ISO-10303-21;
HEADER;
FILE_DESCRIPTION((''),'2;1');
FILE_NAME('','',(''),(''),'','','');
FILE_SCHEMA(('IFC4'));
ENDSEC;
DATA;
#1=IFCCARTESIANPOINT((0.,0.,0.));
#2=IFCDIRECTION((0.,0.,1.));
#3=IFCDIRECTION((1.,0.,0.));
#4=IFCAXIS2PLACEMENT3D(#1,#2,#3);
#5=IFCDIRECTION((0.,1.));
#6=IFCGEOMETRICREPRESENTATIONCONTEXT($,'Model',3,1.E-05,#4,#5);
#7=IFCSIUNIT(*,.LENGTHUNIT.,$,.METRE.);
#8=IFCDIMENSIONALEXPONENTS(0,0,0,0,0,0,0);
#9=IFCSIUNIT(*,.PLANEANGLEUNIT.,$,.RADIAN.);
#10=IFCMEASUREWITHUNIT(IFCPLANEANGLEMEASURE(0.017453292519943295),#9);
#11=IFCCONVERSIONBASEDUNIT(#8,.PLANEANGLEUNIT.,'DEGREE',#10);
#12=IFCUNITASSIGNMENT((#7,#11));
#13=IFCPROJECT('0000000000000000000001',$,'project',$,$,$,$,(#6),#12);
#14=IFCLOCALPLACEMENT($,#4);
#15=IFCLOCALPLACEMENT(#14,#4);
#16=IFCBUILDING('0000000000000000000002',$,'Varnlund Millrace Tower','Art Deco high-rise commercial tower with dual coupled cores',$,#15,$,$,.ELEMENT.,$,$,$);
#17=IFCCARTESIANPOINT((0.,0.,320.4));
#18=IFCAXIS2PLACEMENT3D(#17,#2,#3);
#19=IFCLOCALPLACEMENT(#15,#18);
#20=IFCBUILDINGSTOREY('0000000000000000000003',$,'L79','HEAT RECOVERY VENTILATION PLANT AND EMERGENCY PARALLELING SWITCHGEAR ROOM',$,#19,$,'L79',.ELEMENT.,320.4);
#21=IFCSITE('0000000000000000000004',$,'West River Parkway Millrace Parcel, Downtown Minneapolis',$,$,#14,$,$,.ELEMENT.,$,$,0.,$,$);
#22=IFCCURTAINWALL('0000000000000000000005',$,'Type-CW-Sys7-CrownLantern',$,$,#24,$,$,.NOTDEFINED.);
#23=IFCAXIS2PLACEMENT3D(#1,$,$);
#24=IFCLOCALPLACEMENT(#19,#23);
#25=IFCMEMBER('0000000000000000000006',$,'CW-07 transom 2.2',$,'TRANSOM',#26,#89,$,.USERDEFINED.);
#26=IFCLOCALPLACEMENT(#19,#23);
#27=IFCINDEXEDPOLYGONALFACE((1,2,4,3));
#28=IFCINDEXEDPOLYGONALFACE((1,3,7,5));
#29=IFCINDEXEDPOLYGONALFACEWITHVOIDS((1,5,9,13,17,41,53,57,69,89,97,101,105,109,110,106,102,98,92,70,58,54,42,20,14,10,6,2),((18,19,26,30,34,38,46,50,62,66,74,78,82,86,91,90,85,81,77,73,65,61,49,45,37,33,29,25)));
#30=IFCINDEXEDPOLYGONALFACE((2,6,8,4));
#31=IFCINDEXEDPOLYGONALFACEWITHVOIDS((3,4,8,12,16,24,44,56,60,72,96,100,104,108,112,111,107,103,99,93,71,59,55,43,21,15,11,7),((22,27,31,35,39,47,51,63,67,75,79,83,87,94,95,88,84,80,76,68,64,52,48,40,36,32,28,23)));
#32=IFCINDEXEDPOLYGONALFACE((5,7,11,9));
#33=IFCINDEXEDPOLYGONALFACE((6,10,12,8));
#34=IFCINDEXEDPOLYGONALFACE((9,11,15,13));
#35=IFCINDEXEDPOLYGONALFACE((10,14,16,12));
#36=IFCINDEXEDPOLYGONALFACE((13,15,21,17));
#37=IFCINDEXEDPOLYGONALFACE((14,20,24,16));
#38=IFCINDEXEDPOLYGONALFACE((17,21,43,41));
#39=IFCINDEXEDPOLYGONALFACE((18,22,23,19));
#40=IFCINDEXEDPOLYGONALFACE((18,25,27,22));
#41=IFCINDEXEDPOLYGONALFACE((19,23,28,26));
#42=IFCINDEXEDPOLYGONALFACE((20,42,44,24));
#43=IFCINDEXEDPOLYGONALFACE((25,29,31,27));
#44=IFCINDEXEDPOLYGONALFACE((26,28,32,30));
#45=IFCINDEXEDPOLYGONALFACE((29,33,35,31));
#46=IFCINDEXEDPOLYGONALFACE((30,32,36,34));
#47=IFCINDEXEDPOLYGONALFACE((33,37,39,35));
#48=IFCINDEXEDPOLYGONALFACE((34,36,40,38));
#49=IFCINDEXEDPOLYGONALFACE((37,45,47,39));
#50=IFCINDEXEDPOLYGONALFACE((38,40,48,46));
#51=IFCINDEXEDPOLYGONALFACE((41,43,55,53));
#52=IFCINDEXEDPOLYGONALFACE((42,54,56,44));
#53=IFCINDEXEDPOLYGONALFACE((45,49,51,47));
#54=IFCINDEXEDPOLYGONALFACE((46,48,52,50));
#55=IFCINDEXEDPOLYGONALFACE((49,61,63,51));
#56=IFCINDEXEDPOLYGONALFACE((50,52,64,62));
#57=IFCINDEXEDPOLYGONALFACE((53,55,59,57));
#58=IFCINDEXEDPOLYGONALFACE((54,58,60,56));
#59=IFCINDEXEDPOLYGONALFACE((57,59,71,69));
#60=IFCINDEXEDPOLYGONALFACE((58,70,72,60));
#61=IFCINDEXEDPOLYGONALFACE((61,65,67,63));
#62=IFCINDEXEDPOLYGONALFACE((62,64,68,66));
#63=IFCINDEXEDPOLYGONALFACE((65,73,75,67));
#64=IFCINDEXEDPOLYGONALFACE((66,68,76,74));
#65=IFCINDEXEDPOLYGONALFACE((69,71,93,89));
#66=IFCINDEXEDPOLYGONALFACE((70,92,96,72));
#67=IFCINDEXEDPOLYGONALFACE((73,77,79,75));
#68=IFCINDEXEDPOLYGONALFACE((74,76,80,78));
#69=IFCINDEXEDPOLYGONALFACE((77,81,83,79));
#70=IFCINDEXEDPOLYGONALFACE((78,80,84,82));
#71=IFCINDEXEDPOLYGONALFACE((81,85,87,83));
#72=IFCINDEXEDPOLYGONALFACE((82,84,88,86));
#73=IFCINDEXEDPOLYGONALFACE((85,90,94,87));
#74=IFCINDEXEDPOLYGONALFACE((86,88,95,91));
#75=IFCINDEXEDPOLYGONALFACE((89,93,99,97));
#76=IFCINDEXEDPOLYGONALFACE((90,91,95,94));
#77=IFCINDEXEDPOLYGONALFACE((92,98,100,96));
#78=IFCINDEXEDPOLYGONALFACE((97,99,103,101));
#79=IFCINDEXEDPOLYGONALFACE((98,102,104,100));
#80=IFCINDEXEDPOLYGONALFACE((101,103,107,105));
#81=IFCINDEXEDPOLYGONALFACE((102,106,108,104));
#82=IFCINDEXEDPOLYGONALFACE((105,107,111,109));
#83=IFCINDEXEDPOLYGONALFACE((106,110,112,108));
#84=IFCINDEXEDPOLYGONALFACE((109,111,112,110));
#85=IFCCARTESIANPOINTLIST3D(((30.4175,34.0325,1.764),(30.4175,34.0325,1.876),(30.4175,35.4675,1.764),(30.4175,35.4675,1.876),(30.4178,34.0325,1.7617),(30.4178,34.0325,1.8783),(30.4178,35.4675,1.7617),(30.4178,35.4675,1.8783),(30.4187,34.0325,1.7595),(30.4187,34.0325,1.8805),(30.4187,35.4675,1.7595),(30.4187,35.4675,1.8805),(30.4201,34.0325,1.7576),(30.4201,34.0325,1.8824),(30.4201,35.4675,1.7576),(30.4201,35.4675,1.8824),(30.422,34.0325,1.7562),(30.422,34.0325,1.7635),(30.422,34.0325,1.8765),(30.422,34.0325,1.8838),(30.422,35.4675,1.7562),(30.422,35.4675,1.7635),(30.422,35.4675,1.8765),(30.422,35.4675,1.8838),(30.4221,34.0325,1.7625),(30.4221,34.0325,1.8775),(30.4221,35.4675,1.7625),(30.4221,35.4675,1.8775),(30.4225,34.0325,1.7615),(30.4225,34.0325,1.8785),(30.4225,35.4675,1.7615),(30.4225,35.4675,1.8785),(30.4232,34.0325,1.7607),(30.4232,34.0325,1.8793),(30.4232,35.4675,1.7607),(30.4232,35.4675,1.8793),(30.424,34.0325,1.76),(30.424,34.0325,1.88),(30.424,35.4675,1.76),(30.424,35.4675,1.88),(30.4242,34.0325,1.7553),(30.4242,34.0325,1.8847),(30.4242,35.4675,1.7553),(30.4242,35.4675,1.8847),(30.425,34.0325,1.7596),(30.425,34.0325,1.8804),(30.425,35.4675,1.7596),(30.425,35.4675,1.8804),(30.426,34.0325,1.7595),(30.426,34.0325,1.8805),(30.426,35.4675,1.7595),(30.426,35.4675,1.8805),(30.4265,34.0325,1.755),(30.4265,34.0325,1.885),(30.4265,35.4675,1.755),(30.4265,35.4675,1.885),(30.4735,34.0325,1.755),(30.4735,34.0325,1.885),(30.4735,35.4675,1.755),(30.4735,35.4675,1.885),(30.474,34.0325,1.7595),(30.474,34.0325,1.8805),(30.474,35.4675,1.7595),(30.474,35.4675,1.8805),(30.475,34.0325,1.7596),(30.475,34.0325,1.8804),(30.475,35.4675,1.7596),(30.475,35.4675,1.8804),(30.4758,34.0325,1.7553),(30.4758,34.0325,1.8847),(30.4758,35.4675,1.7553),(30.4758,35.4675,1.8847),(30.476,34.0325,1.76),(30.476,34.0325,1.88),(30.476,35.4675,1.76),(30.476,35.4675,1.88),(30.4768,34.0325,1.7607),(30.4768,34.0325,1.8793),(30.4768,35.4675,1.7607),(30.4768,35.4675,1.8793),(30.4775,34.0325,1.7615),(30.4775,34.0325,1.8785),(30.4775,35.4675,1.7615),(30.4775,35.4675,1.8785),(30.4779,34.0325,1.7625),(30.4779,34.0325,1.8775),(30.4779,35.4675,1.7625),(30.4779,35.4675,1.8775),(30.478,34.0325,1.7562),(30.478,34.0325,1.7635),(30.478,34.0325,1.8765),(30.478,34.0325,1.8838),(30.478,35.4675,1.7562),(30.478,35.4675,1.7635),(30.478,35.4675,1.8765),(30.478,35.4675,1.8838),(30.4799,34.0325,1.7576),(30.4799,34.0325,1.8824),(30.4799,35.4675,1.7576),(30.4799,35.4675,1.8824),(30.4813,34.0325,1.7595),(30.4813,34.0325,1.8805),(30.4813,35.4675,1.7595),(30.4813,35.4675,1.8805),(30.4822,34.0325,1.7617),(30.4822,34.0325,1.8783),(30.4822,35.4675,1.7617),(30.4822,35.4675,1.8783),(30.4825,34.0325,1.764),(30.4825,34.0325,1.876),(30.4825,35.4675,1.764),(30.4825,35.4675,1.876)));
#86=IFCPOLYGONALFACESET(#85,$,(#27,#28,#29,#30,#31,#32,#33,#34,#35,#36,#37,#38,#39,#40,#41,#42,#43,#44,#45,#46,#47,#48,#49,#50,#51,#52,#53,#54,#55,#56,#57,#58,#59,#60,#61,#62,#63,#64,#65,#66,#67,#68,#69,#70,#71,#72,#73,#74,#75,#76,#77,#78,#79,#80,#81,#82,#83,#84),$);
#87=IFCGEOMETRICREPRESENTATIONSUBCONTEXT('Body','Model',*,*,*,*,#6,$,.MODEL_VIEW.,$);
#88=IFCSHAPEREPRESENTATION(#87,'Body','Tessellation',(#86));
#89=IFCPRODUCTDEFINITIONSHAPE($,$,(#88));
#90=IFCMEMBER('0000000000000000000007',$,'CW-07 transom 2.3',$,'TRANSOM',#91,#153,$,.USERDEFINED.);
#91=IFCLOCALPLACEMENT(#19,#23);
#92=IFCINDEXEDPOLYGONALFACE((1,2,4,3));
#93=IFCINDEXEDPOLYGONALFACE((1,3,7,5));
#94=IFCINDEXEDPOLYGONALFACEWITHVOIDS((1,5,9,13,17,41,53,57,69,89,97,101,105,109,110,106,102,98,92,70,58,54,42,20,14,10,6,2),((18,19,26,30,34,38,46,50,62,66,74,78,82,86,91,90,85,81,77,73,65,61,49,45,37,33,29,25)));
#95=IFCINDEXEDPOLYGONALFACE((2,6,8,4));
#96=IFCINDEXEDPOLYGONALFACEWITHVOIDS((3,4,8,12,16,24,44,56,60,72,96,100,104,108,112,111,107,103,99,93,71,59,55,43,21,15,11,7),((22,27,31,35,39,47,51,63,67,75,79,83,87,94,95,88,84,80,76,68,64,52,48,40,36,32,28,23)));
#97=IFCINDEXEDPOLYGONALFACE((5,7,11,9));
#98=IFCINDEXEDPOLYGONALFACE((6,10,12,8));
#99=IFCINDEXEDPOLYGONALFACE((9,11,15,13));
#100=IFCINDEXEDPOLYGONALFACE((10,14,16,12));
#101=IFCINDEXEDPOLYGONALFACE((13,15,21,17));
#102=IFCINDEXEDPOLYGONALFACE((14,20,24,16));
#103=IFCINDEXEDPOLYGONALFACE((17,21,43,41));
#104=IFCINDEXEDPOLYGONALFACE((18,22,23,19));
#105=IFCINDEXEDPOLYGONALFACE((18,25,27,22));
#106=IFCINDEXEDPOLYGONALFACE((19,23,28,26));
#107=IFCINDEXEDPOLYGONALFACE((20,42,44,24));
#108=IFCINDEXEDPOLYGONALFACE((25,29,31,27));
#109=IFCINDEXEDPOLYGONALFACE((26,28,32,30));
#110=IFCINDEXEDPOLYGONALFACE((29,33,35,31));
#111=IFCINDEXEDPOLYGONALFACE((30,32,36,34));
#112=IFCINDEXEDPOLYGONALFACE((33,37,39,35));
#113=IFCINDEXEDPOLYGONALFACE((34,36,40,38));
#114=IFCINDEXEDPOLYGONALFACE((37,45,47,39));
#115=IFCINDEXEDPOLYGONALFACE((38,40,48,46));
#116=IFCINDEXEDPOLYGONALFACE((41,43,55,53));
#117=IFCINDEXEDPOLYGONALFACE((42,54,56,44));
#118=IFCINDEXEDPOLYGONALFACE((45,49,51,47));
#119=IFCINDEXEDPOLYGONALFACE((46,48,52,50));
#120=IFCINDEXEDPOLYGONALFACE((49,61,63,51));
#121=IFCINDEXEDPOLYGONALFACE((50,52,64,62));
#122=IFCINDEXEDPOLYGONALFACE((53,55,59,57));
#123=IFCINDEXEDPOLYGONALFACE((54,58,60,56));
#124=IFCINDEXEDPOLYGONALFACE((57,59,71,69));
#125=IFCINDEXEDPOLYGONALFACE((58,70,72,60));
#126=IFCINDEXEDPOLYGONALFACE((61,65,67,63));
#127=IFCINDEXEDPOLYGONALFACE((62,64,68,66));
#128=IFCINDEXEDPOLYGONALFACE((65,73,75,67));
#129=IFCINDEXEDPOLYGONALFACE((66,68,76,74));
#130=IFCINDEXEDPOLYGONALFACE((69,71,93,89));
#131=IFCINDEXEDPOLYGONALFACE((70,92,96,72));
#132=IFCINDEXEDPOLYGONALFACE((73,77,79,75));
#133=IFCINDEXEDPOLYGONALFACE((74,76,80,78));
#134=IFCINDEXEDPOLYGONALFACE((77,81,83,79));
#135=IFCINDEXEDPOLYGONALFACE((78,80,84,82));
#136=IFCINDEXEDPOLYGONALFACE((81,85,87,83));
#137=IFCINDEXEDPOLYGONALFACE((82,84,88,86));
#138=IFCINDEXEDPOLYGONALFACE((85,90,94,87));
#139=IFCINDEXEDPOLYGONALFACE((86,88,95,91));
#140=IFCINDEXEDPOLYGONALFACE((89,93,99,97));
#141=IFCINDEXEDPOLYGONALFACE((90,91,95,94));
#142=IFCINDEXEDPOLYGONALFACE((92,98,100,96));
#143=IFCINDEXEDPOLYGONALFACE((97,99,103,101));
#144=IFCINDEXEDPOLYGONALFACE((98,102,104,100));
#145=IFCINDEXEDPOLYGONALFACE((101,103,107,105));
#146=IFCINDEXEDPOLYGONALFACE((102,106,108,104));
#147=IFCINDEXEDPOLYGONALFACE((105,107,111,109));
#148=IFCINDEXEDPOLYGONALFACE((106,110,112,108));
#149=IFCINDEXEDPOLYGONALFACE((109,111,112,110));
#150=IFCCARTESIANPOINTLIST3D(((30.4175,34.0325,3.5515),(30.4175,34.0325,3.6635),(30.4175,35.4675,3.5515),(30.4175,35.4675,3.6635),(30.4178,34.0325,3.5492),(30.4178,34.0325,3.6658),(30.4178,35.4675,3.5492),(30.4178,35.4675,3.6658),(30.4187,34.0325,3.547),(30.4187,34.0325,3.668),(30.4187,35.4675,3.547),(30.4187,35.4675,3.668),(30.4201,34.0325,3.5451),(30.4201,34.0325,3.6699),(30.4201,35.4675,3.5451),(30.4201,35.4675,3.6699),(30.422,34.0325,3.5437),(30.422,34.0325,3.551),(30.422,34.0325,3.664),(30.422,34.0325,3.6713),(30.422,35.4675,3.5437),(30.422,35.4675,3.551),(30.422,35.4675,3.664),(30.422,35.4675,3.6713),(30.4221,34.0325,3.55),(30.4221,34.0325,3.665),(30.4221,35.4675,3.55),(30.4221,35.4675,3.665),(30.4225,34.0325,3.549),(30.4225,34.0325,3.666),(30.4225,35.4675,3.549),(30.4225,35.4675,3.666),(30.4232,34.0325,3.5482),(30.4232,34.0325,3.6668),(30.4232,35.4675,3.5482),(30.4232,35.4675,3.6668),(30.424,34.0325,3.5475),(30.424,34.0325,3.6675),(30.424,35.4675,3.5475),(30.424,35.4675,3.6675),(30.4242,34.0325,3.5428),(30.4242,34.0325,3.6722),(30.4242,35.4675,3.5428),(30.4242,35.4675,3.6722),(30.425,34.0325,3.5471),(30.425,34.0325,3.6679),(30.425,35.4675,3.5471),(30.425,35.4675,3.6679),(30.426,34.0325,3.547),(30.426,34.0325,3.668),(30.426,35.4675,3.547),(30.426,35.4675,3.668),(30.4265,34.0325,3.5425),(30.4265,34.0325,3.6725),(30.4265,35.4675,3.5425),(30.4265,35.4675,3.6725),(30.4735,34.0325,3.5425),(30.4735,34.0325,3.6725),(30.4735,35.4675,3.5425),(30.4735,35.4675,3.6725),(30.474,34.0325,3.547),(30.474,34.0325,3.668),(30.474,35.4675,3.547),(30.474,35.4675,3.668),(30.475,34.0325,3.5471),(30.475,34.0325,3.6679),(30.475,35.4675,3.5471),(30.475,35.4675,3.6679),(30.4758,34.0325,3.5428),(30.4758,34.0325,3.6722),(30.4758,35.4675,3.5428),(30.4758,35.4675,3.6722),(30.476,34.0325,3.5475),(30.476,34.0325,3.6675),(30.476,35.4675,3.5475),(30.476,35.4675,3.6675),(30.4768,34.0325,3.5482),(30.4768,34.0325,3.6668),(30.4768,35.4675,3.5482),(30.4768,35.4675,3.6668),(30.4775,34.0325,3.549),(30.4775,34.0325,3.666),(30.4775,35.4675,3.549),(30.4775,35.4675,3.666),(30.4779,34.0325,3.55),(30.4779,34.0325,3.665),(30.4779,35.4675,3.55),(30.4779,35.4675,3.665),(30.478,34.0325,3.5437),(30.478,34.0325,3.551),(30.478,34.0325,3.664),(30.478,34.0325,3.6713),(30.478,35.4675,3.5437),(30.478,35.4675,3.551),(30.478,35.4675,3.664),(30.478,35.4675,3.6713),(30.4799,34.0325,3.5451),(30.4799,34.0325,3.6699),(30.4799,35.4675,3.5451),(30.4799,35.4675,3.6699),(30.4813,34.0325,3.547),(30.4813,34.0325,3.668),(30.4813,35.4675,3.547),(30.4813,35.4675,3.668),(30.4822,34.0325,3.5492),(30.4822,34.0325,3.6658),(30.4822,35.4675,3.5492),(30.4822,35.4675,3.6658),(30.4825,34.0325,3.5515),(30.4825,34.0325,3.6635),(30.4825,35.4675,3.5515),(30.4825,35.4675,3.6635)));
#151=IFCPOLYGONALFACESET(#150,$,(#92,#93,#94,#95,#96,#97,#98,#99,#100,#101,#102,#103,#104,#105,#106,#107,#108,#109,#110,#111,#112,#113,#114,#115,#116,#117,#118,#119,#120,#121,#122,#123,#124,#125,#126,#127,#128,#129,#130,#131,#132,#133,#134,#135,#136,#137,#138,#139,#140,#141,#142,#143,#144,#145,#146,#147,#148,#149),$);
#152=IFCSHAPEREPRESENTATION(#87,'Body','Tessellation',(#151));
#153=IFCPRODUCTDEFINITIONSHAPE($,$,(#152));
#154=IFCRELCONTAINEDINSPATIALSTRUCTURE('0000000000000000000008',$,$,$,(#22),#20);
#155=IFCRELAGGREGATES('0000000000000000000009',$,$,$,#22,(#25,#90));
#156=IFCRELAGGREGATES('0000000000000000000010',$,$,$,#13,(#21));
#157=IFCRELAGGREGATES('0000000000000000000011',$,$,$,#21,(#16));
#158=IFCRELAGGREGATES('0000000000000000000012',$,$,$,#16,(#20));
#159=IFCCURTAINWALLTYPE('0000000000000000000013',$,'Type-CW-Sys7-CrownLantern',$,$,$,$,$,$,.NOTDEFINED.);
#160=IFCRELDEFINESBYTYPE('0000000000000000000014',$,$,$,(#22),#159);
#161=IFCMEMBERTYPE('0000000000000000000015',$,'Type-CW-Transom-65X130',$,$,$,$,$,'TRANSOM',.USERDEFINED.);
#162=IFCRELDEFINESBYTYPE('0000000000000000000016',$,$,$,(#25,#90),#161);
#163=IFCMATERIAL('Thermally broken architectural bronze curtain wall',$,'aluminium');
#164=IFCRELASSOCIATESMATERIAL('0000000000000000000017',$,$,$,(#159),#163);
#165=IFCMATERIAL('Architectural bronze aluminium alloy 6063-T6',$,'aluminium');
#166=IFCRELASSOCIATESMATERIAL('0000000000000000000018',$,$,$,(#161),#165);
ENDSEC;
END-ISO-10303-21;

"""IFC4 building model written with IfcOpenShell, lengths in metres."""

from ifc_helpers import new_model, entity, si_unit, converted_unit, direction, frame, origin_with_axes, origin_2d_with_axis, place, context, subcontext, project, spatial, hollow_rectangle, extrude, material, material_profile, profile_set, type_object, element, aggregate, save


model = new_model("IFC4")

# Units and contexts
model_context = context("Model", 3, precision=1e-05, world=origin_with_axes(), true_north=direction((0.0, 1.0)))
body_context = subcontext(model_context, "Body", "Model", "MODEL_VIEW")
ifc_project = project(units=[si_unit("LENGTHUNIT", "METRE"), converted_unit("PLANEANGLEUNIT", "DEGREE", entity("IfcPlaneAngleMeasure", 0.017453292519943295), si_unit("PLANEANGLEUNIT", "RADIAN"), dimensions=[0, 0, 0, 0, 0, 0, 0])], contexts=[model_context])

# Site, building, storey
site_placement = place(None, origin_with_axes())
site = spatial("IfcSite", under=ifc_project, at=site_placement, Name="West River Parkway Millrace Parcel, Downtown Minneapolis", CompositionType="ELEMENT", RefElevation=0.0)
building_placement = place(site_placement, origin_with_axes())
building = spatial("IfcBuilding", under=site, at=building_placement, Name="Varnlund Millrace Tower", Description="Art Deco high-rise commercial tower with dual coupled cores", CompositionType="ELEMENT")
storey_placement = place(building_placement, frame((0.0, 0.0, 320.4), z_axis=(0.0, 0.0, 1.0), x_axis=(1.0, 0.0, 0.0)))
storey = spatial("IfcBuildingStorey", under=building, at=storey_placement, Name="L79", Description="HEAT RECOVERY VENTILATION PLANT AND EMERGENCY PARALLELING SWITCHGEAR ROOM", LongName="L79", CompositionType="ELEMENT", Elevation=320.4)

# Curtain wall, members
ifc_material_1 = material(Name="Thermally broken architectural bronze curtain wall", Category="aluminium")
curtain_wall_type = type_object("IfcCurtainWallType", Name="Type-CW-Sys7-CrownLantern", PredefinedType="NOTDEFINED", material=ifc_material_1)
curtain_wall_1_placement = place(storey_placement, frame((30.45, 37.0, 0.0), z_axis=(0.0, 0.0, 1.0), x_axis=(1.0, 0.0, 0.0)))
curtain_wall_1 = element("IfcCurtainWall", 1, at=curtain_wall_1_placement, inside=storey, type_object=curtain_wall_type, Name="Type-CW-Sys7-CrownLantern", PredefinedType="NOTDEFINED")
ifc_material_2 = material(Name="Architectural bronze aluminium alloy 6063-T6", Category="aluminium")
ifc_material_profile_1 = material_profile(ifc_material_2, hollow_rectangle(XDim=0.065, YDim=0.13, WallThickness=0.0045, InnerFilletRadius=0.004, OuterFilletRadius=0.009, at=origin_2d_with_axis()), Name="Architectural bronze aluminium alloy 6063-T6")
ifc_profile_set_1 = profile_set([ifc_material_profile_1], Name="Architectural bronze aluminium alloy 6063-T6")
member_type = type_object("IfcMemberType", Name="Type-CW-Transom-65X130", ElementType="TRANSOM", PredefinedType="USERDEFINED", material=ifc_profile_set_1)
member_1_placement = place(storey_placement, frame((30.45, 35.4675, 1.82), z_axis=(0.0, -1.0, 0.0), x_axis=(1.0, 0.0, 0.0)))
member_1 = element("IfcMember", 2, at=member_1_placement, type_object=member_type, Name="CW-07 transom 2.2", ObjectType="TRANSOM", PredefinedType="USERDEFINED", context=body_context, shape_type="SweptSolid", body=[
    extrude(hollow_rectangle(XDim=0.065, YDim=0.13, WallThickness=0.0045, InnerFilletRadius=0.004, OuterFilletRadius=0.009, at=origin_2d_with_axis()), origin_with_axes(), (0.0, 0.0, 1.0), 1.435),
])
member_2_placement = place(storey_placement, frame((30.45, 35.4675, 3.6075), z_axis=(0.0, -1.0, 0.0), x_axis=(1.0, 0.0, 0.0)))
member_2 = element("IfcMember", 3, at=member_2_placement, type_object=member_type, Name="CW-07 transom 2.3", ObjectType="TRANSOM", PredefinedType="USERDEFINED", context=body_context, shape_type="SweptSolid", body=[
    extrude(hollow_rectangle(XDim=0.065, YDim=0.13, WallThickness=0.0045, InnerFilletRadius=0.004, OuterFilletRadius=0.009, at=origin_2d_with_axis()), origin_with_axes(), (0.0, 0.0, 1.0), 1.435),
])

aggregate(curtain_wall_1, [member_1, member_2])

save(model, "model.ifc")
